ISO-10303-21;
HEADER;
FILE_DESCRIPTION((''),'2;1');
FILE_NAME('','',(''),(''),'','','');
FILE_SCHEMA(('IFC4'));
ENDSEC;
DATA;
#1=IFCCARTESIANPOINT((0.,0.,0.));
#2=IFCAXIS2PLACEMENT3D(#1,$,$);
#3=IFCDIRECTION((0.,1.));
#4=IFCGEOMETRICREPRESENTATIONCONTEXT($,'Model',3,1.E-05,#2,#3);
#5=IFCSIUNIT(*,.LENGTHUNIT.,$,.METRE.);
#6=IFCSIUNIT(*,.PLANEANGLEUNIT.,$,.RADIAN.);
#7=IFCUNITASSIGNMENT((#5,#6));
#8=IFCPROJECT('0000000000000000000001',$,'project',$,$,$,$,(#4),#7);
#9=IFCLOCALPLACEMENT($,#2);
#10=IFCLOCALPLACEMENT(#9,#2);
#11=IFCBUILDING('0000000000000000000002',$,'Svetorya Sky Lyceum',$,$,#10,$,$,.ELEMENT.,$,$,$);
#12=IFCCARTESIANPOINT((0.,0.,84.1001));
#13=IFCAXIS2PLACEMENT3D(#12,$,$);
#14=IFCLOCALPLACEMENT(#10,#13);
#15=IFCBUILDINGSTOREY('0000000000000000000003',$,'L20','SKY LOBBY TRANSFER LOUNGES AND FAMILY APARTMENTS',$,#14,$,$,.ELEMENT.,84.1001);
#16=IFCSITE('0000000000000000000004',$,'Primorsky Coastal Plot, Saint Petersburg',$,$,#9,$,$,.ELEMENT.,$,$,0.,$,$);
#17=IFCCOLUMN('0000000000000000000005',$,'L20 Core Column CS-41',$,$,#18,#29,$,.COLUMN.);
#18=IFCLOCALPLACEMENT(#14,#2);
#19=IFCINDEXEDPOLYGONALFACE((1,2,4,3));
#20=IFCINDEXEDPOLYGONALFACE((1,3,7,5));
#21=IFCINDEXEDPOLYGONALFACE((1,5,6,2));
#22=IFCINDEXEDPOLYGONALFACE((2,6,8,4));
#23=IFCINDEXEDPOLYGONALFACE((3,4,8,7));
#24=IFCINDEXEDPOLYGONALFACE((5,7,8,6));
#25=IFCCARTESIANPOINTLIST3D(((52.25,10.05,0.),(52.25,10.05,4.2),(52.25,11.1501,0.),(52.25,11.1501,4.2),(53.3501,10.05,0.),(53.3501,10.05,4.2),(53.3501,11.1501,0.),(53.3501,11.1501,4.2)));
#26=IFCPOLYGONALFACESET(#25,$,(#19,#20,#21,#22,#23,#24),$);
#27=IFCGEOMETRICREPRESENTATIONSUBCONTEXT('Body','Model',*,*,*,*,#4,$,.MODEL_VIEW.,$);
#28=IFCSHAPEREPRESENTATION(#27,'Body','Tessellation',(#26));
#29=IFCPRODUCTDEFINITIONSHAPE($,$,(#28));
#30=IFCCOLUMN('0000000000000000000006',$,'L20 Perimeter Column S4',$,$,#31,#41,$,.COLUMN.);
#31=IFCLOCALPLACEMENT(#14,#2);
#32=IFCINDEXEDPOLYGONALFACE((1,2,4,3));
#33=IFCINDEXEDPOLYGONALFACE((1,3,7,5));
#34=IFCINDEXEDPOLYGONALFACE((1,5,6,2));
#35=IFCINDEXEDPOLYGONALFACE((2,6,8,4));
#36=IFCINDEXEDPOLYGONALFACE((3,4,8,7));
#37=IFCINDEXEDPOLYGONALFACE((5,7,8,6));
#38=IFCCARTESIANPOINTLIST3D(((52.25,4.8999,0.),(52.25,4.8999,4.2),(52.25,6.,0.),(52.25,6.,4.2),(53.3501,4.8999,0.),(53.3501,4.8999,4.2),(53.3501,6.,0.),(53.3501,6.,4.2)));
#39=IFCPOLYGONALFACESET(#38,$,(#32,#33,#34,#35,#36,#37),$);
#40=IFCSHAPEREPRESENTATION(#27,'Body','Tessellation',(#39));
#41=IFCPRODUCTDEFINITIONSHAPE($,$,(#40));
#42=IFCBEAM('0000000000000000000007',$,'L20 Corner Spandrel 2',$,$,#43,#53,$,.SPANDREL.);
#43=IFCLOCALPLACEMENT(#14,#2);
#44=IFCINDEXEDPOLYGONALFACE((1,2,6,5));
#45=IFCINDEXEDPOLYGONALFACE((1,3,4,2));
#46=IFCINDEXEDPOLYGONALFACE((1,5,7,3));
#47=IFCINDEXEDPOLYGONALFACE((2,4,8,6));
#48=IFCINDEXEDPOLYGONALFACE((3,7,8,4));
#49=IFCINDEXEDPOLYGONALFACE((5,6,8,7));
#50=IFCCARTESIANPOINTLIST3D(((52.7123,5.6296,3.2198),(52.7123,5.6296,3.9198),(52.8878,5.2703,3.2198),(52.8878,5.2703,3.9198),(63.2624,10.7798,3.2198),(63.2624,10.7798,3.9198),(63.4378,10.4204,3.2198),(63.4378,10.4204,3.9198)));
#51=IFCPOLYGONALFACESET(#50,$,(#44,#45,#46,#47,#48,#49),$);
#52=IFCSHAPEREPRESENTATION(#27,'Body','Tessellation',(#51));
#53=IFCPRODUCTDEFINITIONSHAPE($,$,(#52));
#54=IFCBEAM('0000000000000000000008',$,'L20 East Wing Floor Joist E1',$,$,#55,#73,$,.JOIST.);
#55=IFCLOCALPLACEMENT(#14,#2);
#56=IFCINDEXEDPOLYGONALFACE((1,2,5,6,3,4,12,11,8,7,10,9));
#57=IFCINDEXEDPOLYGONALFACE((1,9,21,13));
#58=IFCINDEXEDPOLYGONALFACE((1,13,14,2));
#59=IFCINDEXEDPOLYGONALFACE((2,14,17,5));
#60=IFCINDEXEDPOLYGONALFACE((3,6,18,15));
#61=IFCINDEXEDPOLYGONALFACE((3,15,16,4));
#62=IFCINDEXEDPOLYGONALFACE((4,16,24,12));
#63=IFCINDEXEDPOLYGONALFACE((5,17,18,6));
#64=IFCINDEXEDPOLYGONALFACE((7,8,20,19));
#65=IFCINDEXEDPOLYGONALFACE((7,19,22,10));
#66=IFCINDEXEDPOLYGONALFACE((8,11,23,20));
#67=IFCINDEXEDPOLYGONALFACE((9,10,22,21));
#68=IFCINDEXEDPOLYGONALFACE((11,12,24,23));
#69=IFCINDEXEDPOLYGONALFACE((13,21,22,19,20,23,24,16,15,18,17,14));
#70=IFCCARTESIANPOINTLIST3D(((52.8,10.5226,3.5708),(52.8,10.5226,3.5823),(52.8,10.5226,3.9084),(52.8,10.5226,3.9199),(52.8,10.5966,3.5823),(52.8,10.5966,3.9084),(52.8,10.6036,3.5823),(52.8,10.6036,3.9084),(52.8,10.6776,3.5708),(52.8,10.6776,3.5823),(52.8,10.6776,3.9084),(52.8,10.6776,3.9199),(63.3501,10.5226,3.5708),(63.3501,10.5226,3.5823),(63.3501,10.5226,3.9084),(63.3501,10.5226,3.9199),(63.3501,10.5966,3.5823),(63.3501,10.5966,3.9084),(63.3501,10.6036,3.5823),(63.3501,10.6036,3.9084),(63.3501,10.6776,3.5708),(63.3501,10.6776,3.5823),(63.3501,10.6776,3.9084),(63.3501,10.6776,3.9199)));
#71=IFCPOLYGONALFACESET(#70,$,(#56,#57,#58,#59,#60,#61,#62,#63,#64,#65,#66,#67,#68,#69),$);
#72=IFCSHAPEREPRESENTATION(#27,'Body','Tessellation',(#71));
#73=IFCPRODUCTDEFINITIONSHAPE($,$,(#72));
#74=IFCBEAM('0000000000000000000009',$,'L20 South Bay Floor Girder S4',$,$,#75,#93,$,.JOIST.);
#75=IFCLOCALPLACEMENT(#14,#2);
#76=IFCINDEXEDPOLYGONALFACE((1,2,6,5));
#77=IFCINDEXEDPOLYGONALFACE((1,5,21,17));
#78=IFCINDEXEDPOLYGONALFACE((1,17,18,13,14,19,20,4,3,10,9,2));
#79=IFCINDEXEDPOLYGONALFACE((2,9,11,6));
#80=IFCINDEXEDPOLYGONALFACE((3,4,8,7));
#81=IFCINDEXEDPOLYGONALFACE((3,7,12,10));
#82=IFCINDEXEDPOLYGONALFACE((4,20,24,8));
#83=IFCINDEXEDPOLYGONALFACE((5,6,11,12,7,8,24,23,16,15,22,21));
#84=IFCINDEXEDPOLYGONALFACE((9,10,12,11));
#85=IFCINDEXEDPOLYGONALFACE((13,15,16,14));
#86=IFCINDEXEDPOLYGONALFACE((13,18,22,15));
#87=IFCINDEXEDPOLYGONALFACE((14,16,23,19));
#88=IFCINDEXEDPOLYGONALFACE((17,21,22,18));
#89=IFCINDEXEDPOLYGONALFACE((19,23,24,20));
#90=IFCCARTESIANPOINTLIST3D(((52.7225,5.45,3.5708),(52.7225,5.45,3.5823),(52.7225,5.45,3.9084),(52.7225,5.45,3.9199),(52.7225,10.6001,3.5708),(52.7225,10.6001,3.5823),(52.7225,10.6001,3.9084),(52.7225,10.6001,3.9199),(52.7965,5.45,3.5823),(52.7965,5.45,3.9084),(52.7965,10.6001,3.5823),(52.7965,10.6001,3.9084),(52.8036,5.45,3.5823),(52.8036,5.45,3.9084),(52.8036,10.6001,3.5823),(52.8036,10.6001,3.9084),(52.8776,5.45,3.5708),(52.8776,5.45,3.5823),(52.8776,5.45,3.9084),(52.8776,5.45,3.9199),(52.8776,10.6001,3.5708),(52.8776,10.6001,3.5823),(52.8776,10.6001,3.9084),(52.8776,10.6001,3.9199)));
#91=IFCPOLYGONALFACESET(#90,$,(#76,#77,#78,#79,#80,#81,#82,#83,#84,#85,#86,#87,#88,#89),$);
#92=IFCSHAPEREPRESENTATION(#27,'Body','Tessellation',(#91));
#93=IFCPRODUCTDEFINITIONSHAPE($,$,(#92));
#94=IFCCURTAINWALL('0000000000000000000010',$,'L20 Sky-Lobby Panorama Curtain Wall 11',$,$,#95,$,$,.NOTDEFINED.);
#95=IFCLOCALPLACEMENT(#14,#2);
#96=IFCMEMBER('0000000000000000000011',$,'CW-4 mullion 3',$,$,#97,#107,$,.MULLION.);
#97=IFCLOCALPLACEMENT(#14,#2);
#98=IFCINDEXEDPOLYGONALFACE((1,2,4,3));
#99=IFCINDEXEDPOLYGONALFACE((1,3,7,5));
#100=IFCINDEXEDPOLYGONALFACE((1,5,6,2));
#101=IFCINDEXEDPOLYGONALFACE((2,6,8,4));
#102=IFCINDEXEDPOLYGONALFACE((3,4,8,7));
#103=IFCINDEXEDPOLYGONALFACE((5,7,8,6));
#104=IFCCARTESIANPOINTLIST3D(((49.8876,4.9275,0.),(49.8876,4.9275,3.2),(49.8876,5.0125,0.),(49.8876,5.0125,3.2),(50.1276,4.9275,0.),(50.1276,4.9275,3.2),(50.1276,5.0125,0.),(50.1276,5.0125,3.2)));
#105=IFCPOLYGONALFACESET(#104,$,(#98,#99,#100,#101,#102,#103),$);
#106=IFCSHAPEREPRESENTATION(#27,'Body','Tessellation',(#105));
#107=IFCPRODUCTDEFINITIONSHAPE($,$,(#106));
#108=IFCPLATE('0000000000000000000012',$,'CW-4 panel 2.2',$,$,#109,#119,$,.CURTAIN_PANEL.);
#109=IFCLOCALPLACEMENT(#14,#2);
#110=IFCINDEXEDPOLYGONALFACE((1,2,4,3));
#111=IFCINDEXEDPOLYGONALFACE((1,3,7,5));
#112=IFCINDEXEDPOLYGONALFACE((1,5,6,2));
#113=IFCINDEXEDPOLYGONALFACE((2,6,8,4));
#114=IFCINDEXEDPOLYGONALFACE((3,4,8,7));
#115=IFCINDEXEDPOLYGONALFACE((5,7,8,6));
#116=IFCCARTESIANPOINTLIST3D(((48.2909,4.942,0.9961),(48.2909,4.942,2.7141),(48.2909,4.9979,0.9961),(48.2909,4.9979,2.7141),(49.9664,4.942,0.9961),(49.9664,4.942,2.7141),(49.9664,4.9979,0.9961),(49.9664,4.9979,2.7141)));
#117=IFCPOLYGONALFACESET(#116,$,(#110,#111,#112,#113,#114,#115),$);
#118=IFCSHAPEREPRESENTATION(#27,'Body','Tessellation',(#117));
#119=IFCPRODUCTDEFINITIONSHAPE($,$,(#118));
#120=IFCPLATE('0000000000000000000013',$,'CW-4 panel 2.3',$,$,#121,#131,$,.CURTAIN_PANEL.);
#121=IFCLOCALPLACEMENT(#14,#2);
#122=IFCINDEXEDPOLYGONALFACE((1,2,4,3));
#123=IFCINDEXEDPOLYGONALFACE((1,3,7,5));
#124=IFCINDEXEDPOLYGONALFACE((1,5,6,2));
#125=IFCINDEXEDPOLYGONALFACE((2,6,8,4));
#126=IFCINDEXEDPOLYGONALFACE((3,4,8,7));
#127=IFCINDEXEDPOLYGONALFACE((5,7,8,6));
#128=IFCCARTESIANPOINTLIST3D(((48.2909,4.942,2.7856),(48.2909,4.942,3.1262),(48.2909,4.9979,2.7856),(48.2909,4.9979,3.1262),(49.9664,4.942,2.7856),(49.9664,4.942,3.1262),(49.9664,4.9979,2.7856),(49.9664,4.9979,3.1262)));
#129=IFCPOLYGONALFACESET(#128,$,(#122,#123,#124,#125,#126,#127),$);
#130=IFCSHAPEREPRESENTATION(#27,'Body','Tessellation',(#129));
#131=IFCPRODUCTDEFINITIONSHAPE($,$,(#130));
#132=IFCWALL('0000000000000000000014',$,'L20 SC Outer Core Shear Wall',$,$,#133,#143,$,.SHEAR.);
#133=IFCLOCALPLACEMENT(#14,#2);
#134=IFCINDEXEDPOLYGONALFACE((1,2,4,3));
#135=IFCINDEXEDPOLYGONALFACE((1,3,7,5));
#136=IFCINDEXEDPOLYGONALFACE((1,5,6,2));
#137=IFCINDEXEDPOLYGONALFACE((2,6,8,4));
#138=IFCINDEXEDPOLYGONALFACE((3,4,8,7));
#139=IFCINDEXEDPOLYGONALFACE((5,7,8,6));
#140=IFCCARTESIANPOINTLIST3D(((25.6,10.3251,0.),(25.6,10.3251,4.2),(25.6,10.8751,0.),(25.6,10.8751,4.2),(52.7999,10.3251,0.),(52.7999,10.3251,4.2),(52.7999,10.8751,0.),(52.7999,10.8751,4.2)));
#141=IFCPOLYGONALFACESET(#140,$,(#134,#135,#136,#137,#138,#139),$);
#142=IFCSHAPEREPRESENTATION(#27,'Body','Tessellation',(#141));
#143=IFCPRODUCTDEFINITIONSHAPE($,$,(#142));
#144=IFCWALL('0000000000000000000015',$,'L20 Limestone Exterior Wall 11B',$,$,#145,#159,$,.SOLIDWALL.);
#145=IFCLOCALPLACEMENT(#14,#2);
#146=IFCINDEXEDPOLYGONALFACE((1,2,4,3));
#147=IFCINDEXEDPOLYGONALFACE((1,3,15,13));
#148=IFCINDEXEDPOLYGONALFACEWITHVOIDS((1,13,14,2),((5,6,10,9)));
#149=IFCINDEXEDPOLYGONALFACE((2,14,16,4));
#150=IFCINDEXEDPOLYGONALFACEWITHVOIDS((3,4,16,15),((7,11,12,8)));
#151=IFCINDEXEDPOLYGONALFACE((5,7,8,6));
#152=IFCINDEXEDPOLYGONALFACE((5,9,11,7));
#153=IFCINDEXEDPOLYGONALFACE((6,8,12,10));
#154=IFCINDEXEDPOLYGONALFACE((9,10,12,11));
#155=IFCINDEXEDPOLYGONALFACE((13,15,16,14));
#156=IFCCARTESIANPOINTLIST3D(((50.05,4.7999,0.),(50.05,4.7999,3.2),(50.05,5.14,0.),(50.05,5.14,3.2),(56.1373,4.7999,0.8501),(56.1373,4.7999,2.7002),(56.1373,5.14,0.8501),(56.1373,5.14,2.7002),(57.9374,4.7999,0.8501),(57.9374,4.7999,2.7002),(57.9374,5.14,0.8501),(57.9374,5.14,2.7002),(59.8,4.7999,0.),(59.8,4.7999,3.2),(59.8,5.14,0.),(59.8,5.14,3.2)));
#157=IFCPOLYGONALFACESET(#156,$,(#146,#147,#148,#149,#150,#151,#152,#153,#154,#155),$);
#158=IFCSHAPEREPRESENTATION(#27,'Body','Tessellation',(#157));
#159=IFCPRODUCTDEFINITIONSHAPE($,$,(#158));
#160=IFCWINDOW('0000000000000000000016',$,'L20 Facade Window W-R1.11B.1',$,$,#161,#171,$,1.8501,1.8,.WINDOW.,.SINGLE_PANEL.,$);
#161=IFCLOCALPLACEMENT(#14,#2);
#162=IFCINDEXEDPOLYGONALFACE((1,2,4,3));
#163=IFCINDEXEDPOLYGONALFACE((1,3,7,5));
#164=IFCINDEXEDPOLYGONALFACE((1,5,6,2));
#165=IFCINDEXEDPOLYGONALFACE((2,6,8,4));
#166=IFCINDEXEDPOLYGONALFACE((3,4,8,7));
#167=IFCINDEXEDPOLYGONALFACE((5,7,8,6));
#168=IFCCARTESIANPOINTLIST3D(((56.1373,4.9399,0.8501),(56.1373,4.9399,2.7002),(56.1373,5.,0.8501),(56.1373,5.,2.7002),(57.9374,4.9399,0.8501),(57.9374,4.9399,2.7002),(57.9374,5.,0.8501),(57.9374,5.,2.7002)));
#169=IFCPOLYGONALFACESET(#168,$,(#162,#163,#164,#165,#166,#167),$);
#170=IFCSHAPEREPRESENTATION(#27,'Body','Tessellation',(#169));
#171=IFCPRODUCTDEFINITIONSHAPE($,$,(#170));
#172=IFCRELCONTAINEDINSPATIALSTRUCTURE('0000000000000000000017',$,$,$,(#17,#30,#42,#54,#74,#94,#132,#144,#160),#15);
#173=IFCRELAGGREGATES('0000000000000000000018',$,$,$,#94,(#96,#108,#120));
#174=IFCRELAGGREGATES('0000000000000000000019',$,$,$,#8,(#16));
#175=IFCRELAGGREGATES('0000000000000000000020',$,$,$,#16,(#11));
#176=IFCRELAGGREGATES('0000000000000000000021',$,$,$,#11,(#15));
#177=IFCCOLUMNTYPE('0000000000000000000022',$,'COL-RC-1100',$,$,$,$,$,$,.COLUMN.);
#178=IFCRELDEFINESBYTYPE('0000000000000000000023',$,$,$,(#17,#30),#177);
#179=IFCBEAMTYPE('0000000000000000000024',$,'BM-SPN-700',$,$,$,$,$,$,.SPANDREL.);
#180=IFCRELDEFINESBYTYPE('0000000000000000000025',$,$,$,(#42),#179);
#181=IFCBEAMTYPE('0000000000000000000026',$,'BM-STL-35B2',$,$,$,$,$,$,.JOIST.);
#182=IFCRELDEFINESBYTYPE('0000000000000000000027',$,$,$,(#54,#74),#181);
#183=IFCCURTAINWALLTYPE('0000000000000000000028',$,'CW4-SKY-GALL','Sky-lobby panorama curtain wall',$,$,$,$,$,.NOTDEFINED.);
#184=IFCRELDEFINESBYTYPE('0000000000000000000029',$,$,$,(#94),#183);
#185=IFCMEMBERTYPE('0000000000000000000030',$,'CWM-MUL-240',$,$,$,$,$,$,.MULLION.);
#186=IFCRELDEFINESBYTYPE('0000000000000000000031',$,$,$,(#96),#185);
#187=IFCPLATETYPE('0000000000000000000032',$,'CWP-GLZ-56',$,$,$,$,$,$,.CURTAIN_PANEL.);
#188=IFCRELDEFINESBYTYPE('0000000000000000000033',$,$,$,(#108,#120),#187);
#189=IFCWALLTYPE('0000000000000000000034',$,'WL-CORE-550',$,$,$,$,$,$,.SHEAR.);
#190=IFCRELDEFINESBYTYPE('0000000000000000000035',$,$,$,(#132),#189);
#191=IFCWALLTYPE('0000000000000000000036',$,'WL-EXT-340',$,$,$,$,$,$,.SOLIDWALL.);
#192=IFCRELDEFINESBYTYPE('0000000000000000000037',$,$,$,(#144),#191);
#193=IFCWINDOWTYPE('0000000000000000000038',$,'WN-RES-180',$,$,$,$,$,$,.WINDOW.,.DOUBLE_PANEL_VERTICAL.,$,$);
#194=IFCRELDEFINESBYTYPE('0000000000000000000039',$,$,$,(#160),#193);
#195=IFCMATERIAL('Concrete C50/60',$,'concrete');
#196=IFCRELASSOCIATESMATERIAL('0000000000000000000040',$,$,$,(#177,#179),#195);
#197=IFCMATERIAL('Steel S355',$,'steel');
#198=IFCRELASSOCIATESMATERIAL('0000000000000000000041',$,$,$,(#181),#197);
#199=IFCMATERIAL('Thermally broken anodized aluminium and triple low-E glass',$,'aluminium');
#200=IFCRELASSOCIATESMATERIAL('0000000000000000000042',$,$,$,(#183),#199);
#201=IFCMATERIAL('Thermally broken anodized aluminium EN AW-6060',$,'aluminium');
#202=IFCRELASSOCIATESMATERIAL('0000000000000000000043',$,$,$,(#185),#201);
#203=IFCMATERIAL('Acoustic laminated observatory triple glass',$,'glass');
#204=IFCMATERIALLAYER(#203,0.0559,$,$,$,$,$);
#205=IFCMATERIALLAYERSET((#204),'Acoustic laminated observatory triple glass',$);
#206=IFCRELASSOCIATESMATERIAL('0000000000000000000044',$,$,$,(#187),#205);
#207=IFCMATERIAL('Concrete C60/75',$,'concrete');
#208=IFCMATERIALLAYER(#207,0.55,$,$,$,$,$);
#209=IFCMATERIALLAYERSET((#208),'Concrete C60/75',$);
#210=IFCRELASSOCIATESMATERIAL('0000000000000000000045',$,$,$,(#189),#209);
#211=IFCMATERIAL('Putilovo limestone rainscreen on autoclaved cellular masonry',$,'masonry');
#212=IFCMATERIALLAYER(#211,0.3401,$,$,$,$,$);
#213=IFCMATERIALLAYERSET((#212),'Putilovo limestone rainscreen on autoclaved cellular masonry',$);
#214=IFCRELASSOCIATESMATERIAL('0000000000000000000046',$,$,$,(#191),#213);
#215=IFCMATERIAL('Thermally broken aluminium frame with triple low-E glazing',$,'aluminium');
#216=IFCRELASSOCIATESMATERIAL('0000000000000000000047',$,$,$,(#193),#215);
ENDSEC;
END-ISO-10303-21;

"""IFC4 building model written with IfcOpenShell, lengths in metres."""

from ifc_helpers import new_model, si_unit, direction, frame, frame_2d, origin, origin_2d, place, context, subcontext, project, spatial, rectangle, i_section, extrude, material, layer, layer_set, material_profile, profile_set, type_object, element, fill, aggregate, save


model = new_model("IFC4")

# Units and contexts
model_context = context("Model", 3, precision=1e-05, world=origin(), true_north=direction((0.0, 1.0)))
body_context = subcontext(model_context, "Body", "Model", "MODEL_VIEW")
ifc_project = project(units=[si_unit("LENGTHUNIT", "METRE"), si_unit("PLANEANGLEUNIT", "RADIAN")], contexts=[model_context])

# Site, building, storey
site_placement = place(None, origin())
site = spatial("IfcSite", under=ifc_project, at=site_placement, Name="Primorsky Coastal Plot, Saint Petersburg", CompositionType="ELEMENT", RefElevation=0.0)
building_placement = place(site_placement, origin())
building = spatial("IfcBuilding", under=site, at=building_placement, Name="Svetorya Sky Lyceum", CompositionType="ELEMENT")
storey_placement = place(building_placement, frame((0.0, 0.0, 84.1001)))
storey = spatial("IfcBuildingStorey", under=building, at=storey_placement, Name="L20", Description="SKY LOBBY TRANSFER LOUNGES AND FAMILY APARTMENTS", CompositionType="ELEMENT", Elevation=84.1001)

# Columns
ifc_material_1 = material(Name="Concrete C50/60", Category="concrete")
ifc_material_profile_1 = material_profile(ifc_material_1, rectangle(XDim=1.1001, YDim=1.1001, at=origin_2d()), Name="RC COL 1100x1100")
ifc_profile_set_1 = profile_set([ifc_material_profile_1], Name="Concrete C50/60")
column_type = type_object("IfcColumnType", Name="COL-RC-1100", PredefinedType="COLUMN", material=ifc_profile_set_1)
for number, where, z_axis, x_axis, name in (
    (1, (52.8, 10.6001, 0.0), (0.0, 0.0, 1.0), (1.0, 0.0, 0.0), "L20 Core Column CS-41"),
    (2, (52.8, 5.45, 0.0), (0.0, 0.0, 1.0), (1.0, 0.0, 0.0), "L20 Perimeter Column S4"),
):
    element("IfcColumn", number, at=place(storey_placement, frame(where, z_axis=z_axis, x_axis=x_axis)), inside=storey, type_object=column_type, Name=name, PredefinedType="COLUMN", context=body_context, shape_type="SweptSolid", body=[
        extrude(rectangle(XDim=1.1001, YDim=1.1001, at=origin_2d()), origin(), (0.0, 0.0, 1.0), 4.2),
    ])

# Beams
ifc_material_profile_2 = material_profile(ifc_material_1, rectangle(XDim=0.3999, YDim=0.7, at=origin_2d()), Name="RC SPANDREL 400x700")
ifc_profile_set_2 = profile_set([ifc_material_profile_2], Name="Concrete C50/60")
beam_type_1 = type_object("IfcBeamType", Name="BM-SPN-700", PredefinedType="SPANDREL", material=ifc_profile_set_2)
beam_1_placement = place(storey_placement, frame((52.8, 5.45, 3.5698), z_axis=(0.898641, 0.438684, 0.0), x_axis=(-0.438684, 0.898641, 0.0)))
element("IfcBeam", 3, at=beam_1_placement, inside=storey, type_object=beam_type_1, Name="L20 Corner Spandrel 2", PredefinedType="SPANDREL", context=body_context, shape_type="SweptSolid", body=[
    extrude(rectangle(XDim=0.3999, YDim=0.7, at=origin_2d()), origin(), (0.0, 0.0, 1.0), 11.74),
])
ifc_material_2 = material(Name="Steel S355", Category="steel")
ifc_material_profile_3 = material_profile(ifc_material_2, i_section(OverallWidth=0.155, OverallDepth=0.3491, WebThickness=0.0071, FlangeThickness=0.0115, at=origin_2d()), Name="GOST 35B2")
ifc_profile_set_3 = profile_set([ifc_material_profile_3], Name="Steel S355")
beam_type_2 = type_object("IfcBeamType", Name="BM-STL-35B2", PredefinedType="JOIST", material=ifc_profile_set_3)
beam_2_placement = place(storey_placement, frame((52.8, 10.6001, 3.7454), z_axis=(1.0, 0.0, 0.0), x_axis=(0.0, 1.0, 0.0)))
element("IfcBeam", 4, at=beam_2_placement, inside=storey, type_object=beam_type_2, Name="L20 East Wing Floor Joist E1", PredefinedType="JOIST", context=body_context, shape_type="SweptSolid", body=[
    extrude(i_section(OverallWidth=0.155, OverallDepth=0.3491, WebThickness=0.0071, FlangeThickness=0.0115, at=origin_2d()), origin(), (0.0, 0.0, 1.0), 10.55),
])
beam_3_placement = place(storey_placement, frame((52.8, 5.45, 3.7454), z_axis=(0.0, 1.0, 0.0), x_axis=(-1.0, 0.0, 0.0)))
element("IfcBeam", 5, at=beam_3_placement, inside=storey, type_object=beam_type_2, Name="L20 South Bay Floor Girder S4", PredefinedType="JOIST", context=body_context, shape_type="SweptSolid", body=[
    extrude(i_section(OverallWidth=0.155, OverallDepth=0.3491, WebThickness=0.0071, FlangeThickness=0.0115, at=origin_2d()), origin(), (0.0, 0.0, 1.0), 5.1501),
])

# Curtain wall, member, plates
ifc_material_3 = material(Name="Thermally broken anodized aluminium and triple low-E glass", Category="aluminium")
curtain_wall_type = type_object("IfcCurtainWallType", Name="CW4-SKY-GALL", Description="Sky-lobby panorama curtain wall", PredefinedType="NOTDEFINED", material=ifc_material_3)
curtain_wall_placement = place(storey_placement, origin())
curtain_wall = element("IfcCurtainWall", 6, at=curtain_wall_placement, inside=storey, type_object=curtain_wall_type, Name="L20 Sky-Lobby Panorama Curtain Wall 11", PredefinedType="NOTDEFINED")
ifc_material_4 = material(Name="Thermally broken anodized aluminium EN AW-6060", Category="aluminium")
ifc_material_profile_4 = material_profile(ifc_material_4, rectangle(XDim=0.085, YDim=0.24, at=origin_2d()), Name="ALU MULLION 85x240")
ifc_profile_set_4 = profile_set([ifc_material_profile_4], Name="Thermally broken anodized aluminium EN AW-6060")
member_type = type_object("IfcMemberType", Name="CWM-MUL-240", PredefinedType="MULLION", material=ifc_profile_set_4)
member_placement = place(storey_placement, frame((50.0076, 4.97, 0.0), z_axis=(0.0, 0.0, 1.0), x_axis=(0.0, 1.0, 0.0)))
member = element("IfcMember", 7, at=member_placement, type_object=member_type, Name="CW-4 mullion 3", PredefinedType="MULLION", context=body_context, shape_type="SweptSolid", body=[
    extrude(rectangle(XDim=0.085, YDim=0.24, at=origin_2d()), origin(), (0.0, 0.0, 1.0), 3.2),
])
ifc_material_5 = material(Name="Acoustic laminated observatory triple glass", Category="glass")
ifc_layer_1 = layer(ifc_material_5, 0.0559)
ifc_layer_set_1 = layer_set([ifc_layer_1], Name="Acoustic laminated observatory triple glass")
plate_type = type_object("IfcPlateType", Name="CWP-GLZ-56", PredefinedType="CURTAIN_PANEL", material=ifc_layer_set_1)
plate_1_placement = place(storey_placement, frame((49.1287, 4.97, 0.9961), z_axis=(0.0, 0.0, 1.0), x_axis=(1.0, 0.0, 0.0)))
plate_1 = element("IfcPlate", 8, at=plate_1_placement, type_object=plate_type, Name="CW-4 panel 2.2", PredefinedType="CURTAIN_PANEL", context=body_context, shape_type="SweptSolid", body=[
    extrude(rectangle(XDim=1.6755, YDim=0.0559, at=origin_2d()), origin(), (0.0, 0.0, 1.0), 1.718),
])
plate_2_placement = place(storey_placement, frame((49.1287, 4.97, 2.7856), z_axis=(0.0, 0.0, 1.0), x_axis=(1.0, 0.0, 0.0)))
plate_2 = element("IfcPlate", 9, at=plate_2_placement, type_object=plate_type, Name="CW-4 panel 2.3", PredefinedType="CURTAIN_PANEL", context=body_context, shape_type="SweptSolid", body=[
    extrude(rectangle(XDim=1.6755, YDim=0.0559, at=origin_2d()), origin(), (0.0, 0.0, 1.0), 0.3406),
])
aggregate(curtain_wall, [member, plate_1, plate_2])

# Wall
ifc_material_6 = material(Name="Concrete C60/75", Category="concrete")
ifc_layer_2 = layer(ifc_material_6, 0.55)
ifc_layer_set_2 = layer_set([ifc_layer_2], Name="Concrete C60/75")
wall_type_1 = type_object("IfcWallType", Name="WL-CORE-550", PredefinedType="SHEAR", material=ifc_layer_set_2)
wall_1_placement = place(storey_placement, frame((52.8, 10.6001, 0.0), z_axis=(0.0, 0.0, 1.0), x_axis=(-1.0, 0.0, 0.0)))
element("IfcWall", 10, at=wall_1_placement, inside=storey, type_object=wall_type_1, Name="L20 SC Outer Core Shear Wall", PredefinedType="SHEAR", context=body_context, shape_type="SweptSolid", body=[
    extrude(rectangle(XDim=27.2, YDim=0.55, at=frame_2d((13.6001, 0.0))), origin(), (0.0, 0.0, 1.0), 4.2),
])

# Wall, opening, window
ifc_material_7 = material(Name="Putilovo limestone rainscreen on autoclaved cellular masonry", Category="masonry")
ifc_layer_3 = layer(ifc_material_7, 0.3401)
ifc_layer_set_3 = layer_set([ifc_layer_3], Name="Putilovo limestone rainscreen on autoclaved cellular masonry")
wall_type_2 = type_object("IfcWallType", Name="WL-EXT-340", PredefinedType="SOLIDWALL", material=ifc_layer_set_3)
wall_2_placement = place(storey_placement, frame((50.05, 4.97, 0.0), z_axis=(0.0, 0.0, 1.0), x_axis=(1.0, 0.0, 0.0)))
wall_2 = element("IfcWall", 11, at=wall_2_placement, inside=storey, type_object=wall_type_2, Name="L20 Limestone Exterior Wall 11B", PredefinedType="SOLIDWALL", context=body_context, shape_type="SweptSolid", body=[
    extrude(rectangle(XDim=9.75, YDim=0.3401, at=frame_2d((4.875, 0.0))), origin(), (0.0, 0.0, 1.0), 3.2),
])
opening_1_placement = place(wall_2_placement, frame((6.0874, 0.0, 0.8501)))
opening_1 = element("IfcOpeningElement", 12, at=opening_1_placement, cuts=wall_2, PredefinedType="OPENING", context=body_context, shape_type="SweptSolid", body=[
    extrude(rectangle(XDim=1.8, YDim=1.8501, at=frame_2d((0.8999, 0.925))), frame((0.0, 0.1799, 0.0), z_axis=(0.0, -1.0, 0.0), x_axis=(1.0, 0.0, 0.0)), (0.0, 0.0, 1.0), 0.3601),
])
ifc_material_8 = material(Name="Thermally broken aluminium frame with triple low-E glazing", Category="aluminium")
window_type_1 = type_object("IfcWindowType", Name="WN-RES-180", PartitioningType="DOUBLE_PANEL_VERTICAL", PredefinedType="WINDOW", material=ifc_material_8)
window_1_placement = place(opening_1_placement, origin())
window_1 = element("IfcWindow", 13, at=window_1_placement, inside=storey, type_object=window_type_1, Name="L20 Facade Window W-R1.11B.1", OverallHeight=1.8501, OverallWidth=1.8, PartitioningType="SINGLE_PANEL", PredefinedType="WINDOW", context=body_context, shape_type="SweptSolid", body=[
    extrude(rectangle(XDim=1.8, YDim=1.8501, at=frame_2d((0.8999, 0.925))), frame((0.0, 0.03, 0.0), z_axis=(0.0, -1.0, 0.0), x_axis=(1.0, 0.0, 0.0)), (0.0, 0.0, 1.0), 0.0601),
])
fill(opening_1, window_1)

save(model, "model.ifc")
